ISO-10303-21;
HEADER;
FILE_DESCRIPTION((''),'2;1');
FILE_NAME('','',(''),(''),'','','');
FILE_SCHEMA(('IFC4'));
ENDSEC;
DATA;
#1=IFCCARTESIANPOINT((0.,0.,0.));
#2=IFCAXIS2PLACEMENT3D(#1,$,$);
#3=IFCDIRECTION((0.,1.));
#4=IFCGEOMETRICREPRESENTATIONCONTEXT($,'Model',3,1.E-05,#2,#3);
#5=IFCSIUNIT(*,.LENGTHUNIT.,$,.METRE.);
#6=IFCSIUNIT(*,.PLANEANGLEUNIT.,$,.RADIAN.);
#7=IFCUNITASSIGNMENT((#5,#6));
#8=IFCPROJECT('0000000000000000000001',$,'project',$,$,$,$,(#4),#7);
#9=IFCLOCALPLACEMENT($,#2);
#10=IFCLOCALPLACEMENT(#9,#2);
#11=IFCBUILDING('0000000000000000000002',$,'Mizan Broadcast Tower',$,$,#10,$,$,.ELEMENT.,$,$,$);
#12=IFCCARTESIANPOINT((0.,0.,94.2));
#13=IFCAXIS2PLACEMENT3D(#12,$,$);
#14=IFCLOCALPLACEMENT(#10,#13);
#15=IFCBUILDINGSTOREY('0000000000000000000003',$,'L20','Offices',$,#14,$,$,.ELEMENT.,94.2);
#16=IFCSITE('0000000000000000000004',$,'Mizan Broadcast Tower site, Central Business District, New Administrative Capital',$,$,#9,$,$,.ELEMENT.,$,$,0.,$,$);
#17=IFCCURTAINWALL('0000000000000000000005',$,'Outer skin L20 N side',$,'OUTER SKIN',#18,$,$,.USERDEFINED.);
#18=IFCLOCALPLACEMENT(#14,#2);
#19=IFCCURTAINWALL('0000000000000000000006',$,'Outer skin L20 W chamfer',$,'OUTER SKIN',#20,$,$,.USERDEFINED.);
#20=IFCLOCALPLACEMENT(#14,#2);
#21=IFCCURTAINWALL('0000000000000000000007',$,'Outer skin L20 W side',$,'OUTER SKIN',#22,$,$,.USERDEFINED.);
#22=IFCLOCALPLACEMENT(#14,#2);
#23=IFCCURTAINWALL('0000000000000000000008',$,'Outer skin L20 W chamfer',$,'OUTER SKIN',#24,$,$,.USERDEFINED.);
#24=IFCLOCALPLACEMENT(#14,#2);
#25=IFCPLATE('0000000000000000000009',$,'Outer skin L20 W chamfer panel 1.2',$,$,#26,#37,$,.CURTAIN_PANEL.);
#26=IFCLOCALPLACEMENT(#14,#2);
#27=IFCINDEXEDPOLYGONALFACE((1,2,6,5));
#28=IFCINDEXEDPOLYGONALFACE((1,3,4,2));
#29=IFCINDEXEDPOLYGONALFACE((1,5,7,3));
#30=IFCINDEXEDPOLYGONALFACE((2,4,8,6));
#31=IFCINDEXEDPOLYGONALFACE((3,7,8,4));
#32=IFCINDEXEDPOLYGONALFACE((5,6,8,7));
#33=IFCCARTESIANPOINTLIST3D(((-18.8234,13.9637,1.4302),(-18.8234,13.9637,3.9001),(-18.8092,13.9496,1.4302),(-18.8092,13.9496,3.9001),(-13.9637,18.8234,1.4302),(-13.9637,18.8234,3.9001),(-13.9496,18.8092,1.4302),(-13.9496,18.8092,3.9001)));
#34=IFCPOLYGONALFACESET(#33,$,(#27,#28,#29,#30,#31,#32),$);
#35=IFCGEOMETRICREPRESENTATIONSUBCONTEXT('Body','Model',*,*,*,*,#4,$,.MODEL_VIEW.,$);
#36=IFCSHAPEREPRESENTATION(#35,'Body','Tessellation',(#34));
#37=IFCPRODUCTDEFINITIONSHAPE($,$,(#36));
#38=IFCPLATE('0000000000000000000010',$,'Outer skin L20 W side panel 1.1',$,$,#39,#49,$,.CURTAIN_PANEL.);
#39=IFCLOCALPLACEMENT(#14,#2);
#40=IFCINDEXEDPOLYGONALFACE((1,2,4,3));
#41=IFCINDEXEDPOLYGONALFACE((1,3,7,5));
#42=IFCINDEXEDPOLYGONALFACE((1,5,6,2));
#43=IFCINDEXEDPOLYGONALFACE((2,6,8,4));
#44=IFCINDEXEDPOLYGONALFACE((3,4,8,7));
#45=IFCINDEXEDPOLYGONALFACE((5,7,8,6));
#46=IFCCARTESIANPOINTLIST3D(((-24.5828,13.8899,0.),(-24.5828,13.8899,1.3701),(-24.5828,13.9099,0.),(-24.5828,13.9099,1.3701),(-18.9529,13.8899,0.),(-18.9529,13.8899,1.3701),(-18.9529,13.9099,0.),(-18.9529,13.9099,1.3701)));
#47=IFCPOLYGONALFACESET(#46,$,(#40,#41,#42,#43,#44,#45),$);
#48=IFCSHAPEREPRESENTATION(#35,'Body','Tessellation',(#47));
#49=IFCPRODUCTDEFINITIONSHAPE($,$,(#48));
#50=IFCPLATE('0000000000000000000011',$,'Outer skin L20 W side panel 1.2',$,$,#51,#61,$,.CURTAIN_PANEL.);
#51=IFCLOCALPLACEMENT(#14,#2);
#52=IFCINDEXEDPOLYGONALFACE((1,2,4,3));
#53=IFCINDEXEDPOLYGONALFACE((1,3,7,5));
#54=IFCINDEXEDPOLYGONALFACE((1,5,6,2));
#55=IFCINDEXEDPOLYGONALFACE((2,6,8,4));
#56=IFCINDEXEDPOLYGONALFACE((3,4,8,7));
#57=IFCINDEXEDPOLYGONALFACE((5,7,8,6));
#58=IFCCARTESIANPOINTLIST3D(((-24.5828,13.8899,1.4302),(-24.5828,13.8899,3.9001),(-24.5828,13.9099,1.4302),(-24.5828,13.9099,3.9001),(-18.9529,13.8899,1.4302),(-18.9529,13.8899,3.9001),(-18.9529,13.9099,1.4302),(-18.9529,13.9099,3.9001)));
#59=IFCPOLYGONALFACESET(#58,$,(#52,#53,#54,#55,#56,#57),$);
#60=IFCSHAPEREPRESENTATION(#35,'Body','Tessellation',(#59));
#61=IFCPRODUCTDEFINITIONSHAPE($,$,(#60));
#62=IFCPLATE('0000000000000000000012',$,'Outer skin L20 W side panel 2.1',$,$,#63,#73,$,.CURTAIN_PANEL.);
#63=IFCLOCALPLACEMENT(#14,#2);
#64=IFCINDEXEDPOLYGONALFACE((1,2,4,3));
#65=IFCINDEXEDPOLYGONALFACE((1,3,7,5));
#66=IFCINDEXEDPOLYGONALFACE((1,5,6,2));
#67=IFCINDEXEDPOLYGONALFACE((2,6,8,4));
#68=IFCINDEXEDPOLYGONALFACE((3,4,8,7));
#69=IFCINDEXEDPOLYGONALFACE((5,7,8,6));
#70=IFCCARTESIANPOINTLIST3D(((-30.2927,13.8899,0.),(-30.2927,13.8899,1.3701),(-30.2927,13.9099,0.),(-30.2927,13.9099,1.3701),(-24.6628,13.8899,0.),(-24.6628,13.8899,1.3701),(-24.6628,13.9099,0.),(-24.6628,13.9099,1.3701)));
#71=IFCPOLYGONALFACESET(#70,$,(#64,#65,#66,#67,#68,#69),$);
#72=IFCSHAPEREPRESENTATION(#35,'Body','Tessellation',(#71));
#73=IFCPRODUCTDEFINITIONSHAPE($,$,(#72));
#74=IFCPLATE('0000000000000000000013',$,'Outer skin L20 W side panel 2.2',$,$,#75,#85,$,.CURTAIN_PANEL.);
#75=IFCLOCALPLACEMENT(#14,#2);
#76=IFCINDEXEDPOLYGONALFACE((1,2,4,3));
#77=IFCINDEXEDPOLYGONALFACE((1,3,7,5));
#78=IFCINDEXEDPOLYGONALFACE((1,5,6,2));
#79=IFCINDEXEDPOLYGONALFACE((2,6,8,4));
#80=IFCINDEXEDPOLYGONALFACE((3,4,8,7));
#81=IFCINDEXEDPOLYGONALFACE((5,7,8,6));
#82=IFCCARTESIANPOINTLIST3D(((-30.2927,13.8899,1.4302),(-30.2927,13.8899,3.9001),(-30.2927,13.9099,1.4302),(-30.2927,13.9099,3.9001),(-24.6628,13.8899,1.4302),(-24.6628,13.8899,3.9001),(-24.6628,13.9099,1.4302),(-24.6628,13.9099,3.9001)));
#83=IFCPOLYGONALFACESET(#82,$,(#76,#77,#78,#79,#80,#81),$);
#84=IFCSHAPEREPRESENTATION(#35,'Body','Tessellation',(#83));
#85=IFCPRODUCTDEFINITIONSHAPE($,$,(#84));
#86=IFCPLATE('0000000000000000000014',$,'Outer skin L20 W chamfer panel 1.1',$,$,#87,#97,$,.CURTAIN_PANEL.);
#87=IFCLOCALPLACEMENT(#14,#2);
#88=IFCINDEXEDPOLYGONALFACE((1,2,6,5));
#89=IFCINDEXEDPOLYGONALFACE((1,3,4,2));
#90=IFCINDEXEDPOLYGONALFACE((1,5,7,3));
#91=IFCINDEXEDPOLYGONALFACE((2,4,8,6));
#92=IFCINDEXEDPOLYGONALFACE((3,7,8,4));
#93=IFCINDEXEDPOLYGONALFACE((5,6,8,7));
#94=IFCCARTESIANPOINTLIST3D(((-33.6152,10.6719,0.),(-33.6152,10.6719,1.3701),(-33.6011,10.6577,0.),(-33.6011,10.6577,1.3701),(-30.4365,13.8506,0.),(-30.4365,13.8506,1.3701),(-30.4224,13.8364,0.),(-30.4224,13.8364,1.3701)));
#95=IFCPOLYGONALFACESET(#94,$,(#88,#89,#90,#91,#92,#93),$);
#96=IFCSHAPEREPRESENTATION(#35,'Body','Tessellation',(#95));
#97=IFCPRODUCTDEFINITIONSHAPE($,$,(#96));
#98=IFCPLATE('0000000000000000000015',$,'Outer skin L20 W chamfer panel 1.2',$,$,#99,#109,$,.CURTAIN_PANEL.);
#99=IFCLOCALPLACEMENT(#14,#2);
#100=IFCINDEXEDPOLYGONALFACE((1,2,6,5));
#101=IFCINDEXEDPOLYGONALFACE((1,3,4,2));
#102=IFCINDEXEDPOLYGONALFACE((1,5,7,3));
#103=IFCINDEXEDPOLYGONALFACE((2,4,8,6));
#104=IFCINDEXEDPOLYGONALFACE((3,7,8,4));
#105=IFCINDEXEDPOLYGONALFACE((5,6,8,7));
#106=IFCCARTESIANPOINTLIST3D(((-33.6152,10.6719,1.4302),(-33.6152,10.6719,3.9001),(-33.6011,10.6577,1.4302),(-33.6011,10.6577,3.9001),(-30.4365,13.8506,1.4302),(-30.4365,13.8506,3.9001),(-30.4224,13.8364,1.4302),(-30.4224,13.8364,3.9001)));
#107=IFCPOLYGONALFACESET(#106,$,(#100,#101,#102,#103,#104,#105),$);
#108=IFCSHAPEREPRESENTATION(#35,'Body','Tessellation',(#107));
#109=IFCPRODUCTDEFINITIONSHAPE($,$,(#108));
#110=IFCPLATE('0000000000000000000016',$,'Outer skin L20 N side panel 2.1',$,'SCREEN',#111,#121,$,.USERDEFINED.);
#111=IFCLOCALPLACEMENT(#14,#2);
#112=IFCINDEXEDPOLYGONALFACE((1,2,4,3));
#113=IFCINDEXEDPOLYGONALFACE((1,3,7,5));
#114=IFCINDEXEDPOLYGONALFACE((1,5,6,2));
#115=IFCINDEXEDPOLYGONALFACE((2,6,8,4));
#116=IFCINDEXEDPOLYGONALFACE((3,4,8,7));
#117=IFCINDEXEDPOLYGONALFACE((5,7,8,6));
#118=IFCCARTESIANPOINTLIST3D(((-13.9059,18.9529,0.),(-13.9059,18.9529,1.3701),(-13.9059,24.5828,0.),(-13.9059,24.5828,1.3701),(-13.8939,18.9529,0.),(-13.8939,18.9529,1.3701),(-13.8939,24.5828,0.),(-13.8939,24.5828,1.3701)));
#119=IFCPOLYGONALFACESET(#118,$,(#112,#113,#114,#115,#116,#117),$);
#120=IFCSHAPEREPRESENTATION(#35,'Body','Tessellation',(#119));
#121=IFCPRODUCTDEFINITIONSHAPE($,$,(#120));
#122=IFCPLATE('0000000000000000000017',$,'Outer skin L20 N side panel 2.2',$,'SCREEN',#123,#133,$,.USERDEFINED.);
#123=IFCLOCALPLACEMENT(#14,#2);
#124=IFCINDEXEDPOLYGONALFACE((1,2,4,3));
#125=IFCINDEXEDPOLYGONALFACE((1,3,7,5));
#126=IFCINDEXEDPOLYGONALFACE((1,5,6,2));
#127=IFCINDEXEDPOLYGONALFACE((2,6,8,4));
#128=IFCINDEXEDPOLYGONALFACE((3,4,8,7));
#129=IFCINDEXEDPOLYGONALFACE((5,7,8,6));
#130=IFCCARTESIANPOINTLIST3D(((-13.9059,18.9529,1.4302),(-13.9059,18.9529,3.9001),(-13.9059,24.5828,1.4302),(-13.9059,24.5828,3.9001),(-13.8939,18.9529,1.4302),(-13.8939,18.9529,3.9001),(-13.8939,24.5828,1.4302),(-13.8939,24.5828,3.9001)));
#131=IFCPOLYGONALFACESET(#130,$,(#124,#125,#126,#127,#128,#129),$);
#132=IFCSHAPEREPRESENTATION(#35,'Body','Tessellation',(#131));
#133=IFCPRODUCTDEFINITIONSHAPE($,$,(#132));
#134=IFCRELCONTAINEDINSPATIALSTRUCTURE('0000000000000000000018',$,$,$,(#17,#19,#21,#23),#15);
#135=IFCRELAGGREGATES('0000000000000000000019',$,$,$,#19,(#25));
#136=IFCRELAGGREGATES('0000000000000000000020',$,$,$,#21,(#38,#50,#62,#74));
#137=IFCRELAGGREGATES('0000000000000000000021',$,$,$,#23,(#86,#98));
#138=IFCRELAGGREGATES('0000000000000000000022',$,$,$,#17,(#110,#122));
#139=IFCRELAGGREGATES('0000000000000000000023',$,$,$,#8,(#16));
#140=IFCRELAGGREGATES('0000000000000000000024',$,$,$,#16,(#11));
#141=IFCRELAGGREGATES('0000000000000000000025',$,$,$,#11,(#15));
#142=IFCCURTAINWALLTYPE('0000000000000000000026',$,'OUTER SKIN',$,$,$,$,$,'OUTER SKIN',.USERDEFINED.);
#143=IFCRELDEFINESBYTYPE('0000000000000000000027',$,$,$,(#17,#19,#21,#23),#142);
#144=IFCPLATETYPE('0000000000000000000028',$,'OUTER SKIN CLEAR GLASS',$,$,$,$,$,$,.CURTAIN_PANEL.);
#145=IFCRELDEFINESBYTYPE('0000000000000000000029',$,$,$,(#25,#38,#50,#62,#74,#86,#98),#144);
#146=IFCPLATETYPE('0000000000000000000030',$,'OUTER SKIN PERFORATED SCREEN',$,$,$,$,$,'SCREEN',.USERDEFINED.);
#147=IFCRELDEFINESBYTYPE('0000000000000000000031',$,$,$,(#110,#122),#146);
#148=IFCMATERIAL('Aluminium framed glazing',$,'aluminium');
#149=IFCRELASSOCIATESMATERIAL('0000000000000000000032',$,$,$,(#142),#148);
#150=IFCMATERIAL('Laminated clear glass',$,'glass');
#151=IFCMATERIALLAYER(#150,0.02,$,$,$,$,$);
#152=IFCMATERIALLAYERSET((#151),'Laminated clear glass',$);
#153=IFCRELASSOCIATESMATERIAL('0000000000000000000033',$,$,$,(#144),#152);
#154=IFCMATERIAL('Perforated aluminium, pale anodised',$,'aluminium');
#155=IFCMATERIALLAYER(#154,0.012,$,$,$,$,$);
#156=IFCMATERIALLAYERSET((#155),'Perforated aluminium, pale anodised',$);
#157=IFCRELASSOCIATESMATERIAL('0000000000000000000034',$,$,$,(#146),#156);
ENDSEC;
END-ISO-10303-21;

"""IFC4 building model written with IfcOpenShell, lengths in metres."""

from ifc_helpers import new_model, si_unit, direction, frame, origin, origin_2d, place, context, subcontext, project, spatial, rectangle, extrude, material, layer, layer_set, type_object, element, aggregate, save


model = new_model("IFC4")

# Units and contexts
model_context = context("Model", 3, precision=1e-05, world=origin(), true_north=direction((0.0, 1.0)))
body_context = subcontext(model_context, "Body", "Model", "MODEL_VIEW")
ifc_project = project(units=[si_unit("LENGTHUNIT", "METRE"), si_unit("PLANEANGLEUNIT", "RADIAN")], contexts=[model_context])

# Site, building, storey
site_placement = place(None, origin())
site = spatial("IfcSite", under=ifc_project, at=site_placement, Name="Mizan Broadcast Tower site, Central Business District, New Administrative Capital", CompositionType="ELEMENT", RefElevation=0.0)
building_placement = place(site_placement, origin())
building = spatial("IfcBuilding", under=site, at=building_placement, Name="Mizan Broadcast Tower", CompositionType="ELEMENT")
storey_placement = place(building_placement, frame((0.0, 0.0, 94.2)))
storey = spatial("IfcBuildingStorey", under=building, at=storey_placement, Name="L20", Description="Offices", CompositionType="ELEMENT", Elevation=94.2)

# Shared definitions
ifc_material_1 = material(Name="Aluminium framed glazing", Category="aluminium")
curtain_wall_type_1 = type_object("IfcCurtainWallType", Name="OUTER SKIN", ElementType="OUTER SKIN", PredefinedType="USERDEFINED", material=ifc_material_1)

# Curtain wall
curtain_wall_1_placement = place(storey_placement, origin())
curtain_wall_1 = element("IfcCurtainWall", 1, at=curtain_wall_1_placement, inside=storey, type_object=curtain_wall_type_1, Name="Outer skin L20 N side", ObjectType="OUTER SKIN", PredefinedType="USERDEFINED")

# Curtain wall
curtain_wall_2_placement = place(storey_placement, origin())
curtain_wall_2 = element("IfcCurtainWall", 2, at=curtain_wall_2_placement, inside=storey, type_object=curtain_wall_type_1, Name="Outer skin L20 W chamfer", ObjectType="OUTER SKIN", PredefinedType="USERDEFINED")

# Curtain wall
curtain_wall_3_placement = place(storey_placement, origin())
curtain_wall_3 = element("IfcCurtainWall", 3, at=curtain_wall_3_placement, inside=storey, type_object=curtain_wall_type_1, Name="Outer skin L20 W side", ObjectType="OUTER SKIN", PredefinedType="USERDEFINED")

# Curtain wall
curtain_wall_4_placement = place(storey_placement, origin())
curtain_wall_4 = element("IfcCurtainWall", 4, at=curtain_wall_4_placement, inside=storey, type_object=curtain_wall_type_1, Name="Outer skin L20 W chamfer", ObjectType="OUTER SKIN", PredefinedType="USERDEFINED")

# Plates
ifc_material_2 = material(Name="Laminated clear glass", Category="glass")
ifc_layer_1 = layer(ifc_material_2, 0.02)
ifc_layer_set_1 = layer_set([ifc_layer_1], Name="Laminated clear glass")
plate_type_1 = type_object("IfcPlateType", Name="OUTER SKIN CLEAR GLASS", PredefinedType="CURTAIN_PANEL", material=ifc_layer_set_1)
plate_1_placement = place(storey_placement, frame((-16.3865, 16.3865, 1.4302), z_axis=(0.0, 0.0, 1.0), x_axis=(-0.707107, -0.707107, 0.0)))
plate_1 = element("IfcPlate", 5, at=plate_1_placement, type_object=plate_type_1, Name="Outer skin L20 W chamfer panel 1.2", PredefinedType="CURTAIN_PANEL", context=body_context, shape_type="SweptSolid", body=[
    extrude(rectangle(XDim=6.8726, YDim=0.02, at=origin_2d()), origin(), (0.0, 0.0, 1.0), 2.47),
])
aggregate(curtain_wall_2, [plate_1])
plate_2_placement = place(storey_placement, frame((-21.7678, 13.8999, 0.0), z_axis=(0.0, 0.0, 1.0), x_axis=(-1.0, 0.0, 0.0)))
plate_2 = element("IfcPlate", 6, at=plate_2_placement, type_object=plate_type_1, Name="Outer skin L20 W side panel 1.1", PredefinedType="CURTAIN_PANEL", context=body_context, shape_type="SweptSolid", body=[
    extrude(rectangle(XDim=5.6299, YDim=0.02, at=origin_2d()), origin(), (0.0, 0.0, 1.0), 1.3701),
])
plate_3_placement = place(storey_placement, frame((-21.7678, 13.8999, 1.4302), z_axis=(0.0, 0.0, 1.0), x_axis=(-1.0, 0.0, 0.0)))
plate_3 = element("IfcPlate", 7, at=plate_3_placement, type_object=plate_type_1, Name="Outer skin L20 W side panel 1.2", PredefinedType="CURTAIN_PANEL", context=body_context, shape_type="SweptSolid", body=[
    extrude(rectangle(XDim=5.6299, YDim=0.02, at=origin_2d()), origin(), (0.0, 0.0, 1.0), 2.47),
])
plate_4_placement = place(storey_placement, frame((-27.4778, 13.8999, 0.0), z_axis=(0.0, 0.0, 1.0), x_axis=(-1.0, 0.0, 0.0)))
plate_4 = element("IfcPlate", 8, at=plate_4_placement, type_object=plate_type_1, Name="Outer skin L20 W side panel 2.1", PredefinedType="CURTAIN_PANEL", context=body_context, shape_type="SweptSolid", body=[
    extrude(rectangle(XDim=5.6299, YDim=0.02, at=origin_2d()), origin(), (0.0, 0.0, 1.0), 1.3701),
])
plate_5_placement = place(storey_placement, frame((-27.4778, 13.8999, 1.4302), z_axis=(0.0, 0.0, 1.0), x_axis=(-1.0, 0.0, 0.0)))
plate_5 = element("IfcPlate", 9, at=plate_5_placement, type_object=plate_type_1, Name="Outer skin L20 W side panel 2.2", PredefinedType="CURTAIN_PANEL", context=body_context, shape_type="SweptSolid", body=[
    extrude(rectangle(XDim=5.6299, YDim=0.02, at=origin_2d()), origin(), (0.0, 0.0, 1.0), 2.47),
])
aggregate(curtain_wall_3, [plate_2, plate_3, plate_4, plate_5])
plate_6_placement = place(storey_placement, frame((-32.0188, 12.2542, 0.0), z_axis=(0.0, 0.0, 1.0), x_axis=(-0.707107, -0.707107, 0.0)))
plate_6 = element("IfcPlate", 10, at=plate_6_placement, type_object=plate_type_1, Name="Outer skin L20 W chamfer panel 1.1", PredefinedType="CURTAIN_PANEL", context=body_context, shape_type="SweptSolid", body=[
    extrude(rectangle(XDim=4.4954, YDim=0.02, at=origin_2d()), origin(), (0.0, 0.0, 1.0), 1.3701),
])
plate_7_placement = place(storey_placement, frame((-32.0188, 12.2542, 1.4302), z_axis=(0.0, 0.0, 1.0), x_axis=(-0.707107, -0.707107, 0.0)))
plate_7 = element("IfcPlate", 11, at=plate_7_placement, type_object=plate_type_1, Name="Outer skin L20 W chamfer panel 1.2", PredefinedType="CURTAIN_PANEL", context=body_context, shape_type="SweptSolid", body=[
    extrude(rectangle(XDim=4.4954, YDim=0.02, at=origin_2d()), origin(), (0.0, 0.0, 1.0), 2.47),
])
aggregate(curtain_wall_4, [plate_6, plate_7])
ifc_material_3 = material(Name="Perforated aluminium, pale anodised", Category="aluminium")
ifc_layer_2 = layer(ifc_material_3, 0.012)
ifc_layer_set_2 = layer_set([ifc_layer_2], Name="Perforated aluminium, pale anodised")
plate_type_2 = type_object("IfcPlateType", Name="OUTER SKIN PERFORATED SCREEN", ElementType="SCREEN", PredefinedType="USERDEFINED", material=ifc_layer_set_2)
plate_8_placement = place(storey_placement, frame((-13.8999, 21.7678, 0.0), z_axis=(0.0, 0.0, 1.0), x_axis=(0.0, -1.0, 0.0)))
plate_8 = element("IfcPlate", 12, at=plate_8_placement, type_object=plate_type_2, Name="Outer skin L20 N side panel 2.1", ObjectType="SCREEN", PredefinedType="USERDEFINED", context=body_context, shape_type="SweptSolid", body=[
    extrude(rectangle(XDim=5.6299, YDim=0.012, at=origin_2d()), origin(), (0.0, 0.0, 1.0), 1.3701),
])
plate_9_placement = place(storey_placement, frame((-13.8999, 21.7678, 1.4302), z_axis=(0.0, 0.0, 1.0), x_axis=(0.0, -1.0, 0.0)))
plate_9 = element("IfcPlate", 13, at=plate_9_placement, type_object=plate_type_2, Name="Outer skin L20 N side panel 2.2", ObjectType="SCREEN", PredefinedType="USERDEFINED", context=body_context, shape_type="SweptSolid", body=[
    extrude(rectangle(XDim=5.6299, YDim=0.012, at=origin_2d()), origin(), (0.0, 0.0, 1.0), 2.47),
])
aggregate(curtain_wall_1, [plate_8, plate_9])

save(model, "model.ifc")
